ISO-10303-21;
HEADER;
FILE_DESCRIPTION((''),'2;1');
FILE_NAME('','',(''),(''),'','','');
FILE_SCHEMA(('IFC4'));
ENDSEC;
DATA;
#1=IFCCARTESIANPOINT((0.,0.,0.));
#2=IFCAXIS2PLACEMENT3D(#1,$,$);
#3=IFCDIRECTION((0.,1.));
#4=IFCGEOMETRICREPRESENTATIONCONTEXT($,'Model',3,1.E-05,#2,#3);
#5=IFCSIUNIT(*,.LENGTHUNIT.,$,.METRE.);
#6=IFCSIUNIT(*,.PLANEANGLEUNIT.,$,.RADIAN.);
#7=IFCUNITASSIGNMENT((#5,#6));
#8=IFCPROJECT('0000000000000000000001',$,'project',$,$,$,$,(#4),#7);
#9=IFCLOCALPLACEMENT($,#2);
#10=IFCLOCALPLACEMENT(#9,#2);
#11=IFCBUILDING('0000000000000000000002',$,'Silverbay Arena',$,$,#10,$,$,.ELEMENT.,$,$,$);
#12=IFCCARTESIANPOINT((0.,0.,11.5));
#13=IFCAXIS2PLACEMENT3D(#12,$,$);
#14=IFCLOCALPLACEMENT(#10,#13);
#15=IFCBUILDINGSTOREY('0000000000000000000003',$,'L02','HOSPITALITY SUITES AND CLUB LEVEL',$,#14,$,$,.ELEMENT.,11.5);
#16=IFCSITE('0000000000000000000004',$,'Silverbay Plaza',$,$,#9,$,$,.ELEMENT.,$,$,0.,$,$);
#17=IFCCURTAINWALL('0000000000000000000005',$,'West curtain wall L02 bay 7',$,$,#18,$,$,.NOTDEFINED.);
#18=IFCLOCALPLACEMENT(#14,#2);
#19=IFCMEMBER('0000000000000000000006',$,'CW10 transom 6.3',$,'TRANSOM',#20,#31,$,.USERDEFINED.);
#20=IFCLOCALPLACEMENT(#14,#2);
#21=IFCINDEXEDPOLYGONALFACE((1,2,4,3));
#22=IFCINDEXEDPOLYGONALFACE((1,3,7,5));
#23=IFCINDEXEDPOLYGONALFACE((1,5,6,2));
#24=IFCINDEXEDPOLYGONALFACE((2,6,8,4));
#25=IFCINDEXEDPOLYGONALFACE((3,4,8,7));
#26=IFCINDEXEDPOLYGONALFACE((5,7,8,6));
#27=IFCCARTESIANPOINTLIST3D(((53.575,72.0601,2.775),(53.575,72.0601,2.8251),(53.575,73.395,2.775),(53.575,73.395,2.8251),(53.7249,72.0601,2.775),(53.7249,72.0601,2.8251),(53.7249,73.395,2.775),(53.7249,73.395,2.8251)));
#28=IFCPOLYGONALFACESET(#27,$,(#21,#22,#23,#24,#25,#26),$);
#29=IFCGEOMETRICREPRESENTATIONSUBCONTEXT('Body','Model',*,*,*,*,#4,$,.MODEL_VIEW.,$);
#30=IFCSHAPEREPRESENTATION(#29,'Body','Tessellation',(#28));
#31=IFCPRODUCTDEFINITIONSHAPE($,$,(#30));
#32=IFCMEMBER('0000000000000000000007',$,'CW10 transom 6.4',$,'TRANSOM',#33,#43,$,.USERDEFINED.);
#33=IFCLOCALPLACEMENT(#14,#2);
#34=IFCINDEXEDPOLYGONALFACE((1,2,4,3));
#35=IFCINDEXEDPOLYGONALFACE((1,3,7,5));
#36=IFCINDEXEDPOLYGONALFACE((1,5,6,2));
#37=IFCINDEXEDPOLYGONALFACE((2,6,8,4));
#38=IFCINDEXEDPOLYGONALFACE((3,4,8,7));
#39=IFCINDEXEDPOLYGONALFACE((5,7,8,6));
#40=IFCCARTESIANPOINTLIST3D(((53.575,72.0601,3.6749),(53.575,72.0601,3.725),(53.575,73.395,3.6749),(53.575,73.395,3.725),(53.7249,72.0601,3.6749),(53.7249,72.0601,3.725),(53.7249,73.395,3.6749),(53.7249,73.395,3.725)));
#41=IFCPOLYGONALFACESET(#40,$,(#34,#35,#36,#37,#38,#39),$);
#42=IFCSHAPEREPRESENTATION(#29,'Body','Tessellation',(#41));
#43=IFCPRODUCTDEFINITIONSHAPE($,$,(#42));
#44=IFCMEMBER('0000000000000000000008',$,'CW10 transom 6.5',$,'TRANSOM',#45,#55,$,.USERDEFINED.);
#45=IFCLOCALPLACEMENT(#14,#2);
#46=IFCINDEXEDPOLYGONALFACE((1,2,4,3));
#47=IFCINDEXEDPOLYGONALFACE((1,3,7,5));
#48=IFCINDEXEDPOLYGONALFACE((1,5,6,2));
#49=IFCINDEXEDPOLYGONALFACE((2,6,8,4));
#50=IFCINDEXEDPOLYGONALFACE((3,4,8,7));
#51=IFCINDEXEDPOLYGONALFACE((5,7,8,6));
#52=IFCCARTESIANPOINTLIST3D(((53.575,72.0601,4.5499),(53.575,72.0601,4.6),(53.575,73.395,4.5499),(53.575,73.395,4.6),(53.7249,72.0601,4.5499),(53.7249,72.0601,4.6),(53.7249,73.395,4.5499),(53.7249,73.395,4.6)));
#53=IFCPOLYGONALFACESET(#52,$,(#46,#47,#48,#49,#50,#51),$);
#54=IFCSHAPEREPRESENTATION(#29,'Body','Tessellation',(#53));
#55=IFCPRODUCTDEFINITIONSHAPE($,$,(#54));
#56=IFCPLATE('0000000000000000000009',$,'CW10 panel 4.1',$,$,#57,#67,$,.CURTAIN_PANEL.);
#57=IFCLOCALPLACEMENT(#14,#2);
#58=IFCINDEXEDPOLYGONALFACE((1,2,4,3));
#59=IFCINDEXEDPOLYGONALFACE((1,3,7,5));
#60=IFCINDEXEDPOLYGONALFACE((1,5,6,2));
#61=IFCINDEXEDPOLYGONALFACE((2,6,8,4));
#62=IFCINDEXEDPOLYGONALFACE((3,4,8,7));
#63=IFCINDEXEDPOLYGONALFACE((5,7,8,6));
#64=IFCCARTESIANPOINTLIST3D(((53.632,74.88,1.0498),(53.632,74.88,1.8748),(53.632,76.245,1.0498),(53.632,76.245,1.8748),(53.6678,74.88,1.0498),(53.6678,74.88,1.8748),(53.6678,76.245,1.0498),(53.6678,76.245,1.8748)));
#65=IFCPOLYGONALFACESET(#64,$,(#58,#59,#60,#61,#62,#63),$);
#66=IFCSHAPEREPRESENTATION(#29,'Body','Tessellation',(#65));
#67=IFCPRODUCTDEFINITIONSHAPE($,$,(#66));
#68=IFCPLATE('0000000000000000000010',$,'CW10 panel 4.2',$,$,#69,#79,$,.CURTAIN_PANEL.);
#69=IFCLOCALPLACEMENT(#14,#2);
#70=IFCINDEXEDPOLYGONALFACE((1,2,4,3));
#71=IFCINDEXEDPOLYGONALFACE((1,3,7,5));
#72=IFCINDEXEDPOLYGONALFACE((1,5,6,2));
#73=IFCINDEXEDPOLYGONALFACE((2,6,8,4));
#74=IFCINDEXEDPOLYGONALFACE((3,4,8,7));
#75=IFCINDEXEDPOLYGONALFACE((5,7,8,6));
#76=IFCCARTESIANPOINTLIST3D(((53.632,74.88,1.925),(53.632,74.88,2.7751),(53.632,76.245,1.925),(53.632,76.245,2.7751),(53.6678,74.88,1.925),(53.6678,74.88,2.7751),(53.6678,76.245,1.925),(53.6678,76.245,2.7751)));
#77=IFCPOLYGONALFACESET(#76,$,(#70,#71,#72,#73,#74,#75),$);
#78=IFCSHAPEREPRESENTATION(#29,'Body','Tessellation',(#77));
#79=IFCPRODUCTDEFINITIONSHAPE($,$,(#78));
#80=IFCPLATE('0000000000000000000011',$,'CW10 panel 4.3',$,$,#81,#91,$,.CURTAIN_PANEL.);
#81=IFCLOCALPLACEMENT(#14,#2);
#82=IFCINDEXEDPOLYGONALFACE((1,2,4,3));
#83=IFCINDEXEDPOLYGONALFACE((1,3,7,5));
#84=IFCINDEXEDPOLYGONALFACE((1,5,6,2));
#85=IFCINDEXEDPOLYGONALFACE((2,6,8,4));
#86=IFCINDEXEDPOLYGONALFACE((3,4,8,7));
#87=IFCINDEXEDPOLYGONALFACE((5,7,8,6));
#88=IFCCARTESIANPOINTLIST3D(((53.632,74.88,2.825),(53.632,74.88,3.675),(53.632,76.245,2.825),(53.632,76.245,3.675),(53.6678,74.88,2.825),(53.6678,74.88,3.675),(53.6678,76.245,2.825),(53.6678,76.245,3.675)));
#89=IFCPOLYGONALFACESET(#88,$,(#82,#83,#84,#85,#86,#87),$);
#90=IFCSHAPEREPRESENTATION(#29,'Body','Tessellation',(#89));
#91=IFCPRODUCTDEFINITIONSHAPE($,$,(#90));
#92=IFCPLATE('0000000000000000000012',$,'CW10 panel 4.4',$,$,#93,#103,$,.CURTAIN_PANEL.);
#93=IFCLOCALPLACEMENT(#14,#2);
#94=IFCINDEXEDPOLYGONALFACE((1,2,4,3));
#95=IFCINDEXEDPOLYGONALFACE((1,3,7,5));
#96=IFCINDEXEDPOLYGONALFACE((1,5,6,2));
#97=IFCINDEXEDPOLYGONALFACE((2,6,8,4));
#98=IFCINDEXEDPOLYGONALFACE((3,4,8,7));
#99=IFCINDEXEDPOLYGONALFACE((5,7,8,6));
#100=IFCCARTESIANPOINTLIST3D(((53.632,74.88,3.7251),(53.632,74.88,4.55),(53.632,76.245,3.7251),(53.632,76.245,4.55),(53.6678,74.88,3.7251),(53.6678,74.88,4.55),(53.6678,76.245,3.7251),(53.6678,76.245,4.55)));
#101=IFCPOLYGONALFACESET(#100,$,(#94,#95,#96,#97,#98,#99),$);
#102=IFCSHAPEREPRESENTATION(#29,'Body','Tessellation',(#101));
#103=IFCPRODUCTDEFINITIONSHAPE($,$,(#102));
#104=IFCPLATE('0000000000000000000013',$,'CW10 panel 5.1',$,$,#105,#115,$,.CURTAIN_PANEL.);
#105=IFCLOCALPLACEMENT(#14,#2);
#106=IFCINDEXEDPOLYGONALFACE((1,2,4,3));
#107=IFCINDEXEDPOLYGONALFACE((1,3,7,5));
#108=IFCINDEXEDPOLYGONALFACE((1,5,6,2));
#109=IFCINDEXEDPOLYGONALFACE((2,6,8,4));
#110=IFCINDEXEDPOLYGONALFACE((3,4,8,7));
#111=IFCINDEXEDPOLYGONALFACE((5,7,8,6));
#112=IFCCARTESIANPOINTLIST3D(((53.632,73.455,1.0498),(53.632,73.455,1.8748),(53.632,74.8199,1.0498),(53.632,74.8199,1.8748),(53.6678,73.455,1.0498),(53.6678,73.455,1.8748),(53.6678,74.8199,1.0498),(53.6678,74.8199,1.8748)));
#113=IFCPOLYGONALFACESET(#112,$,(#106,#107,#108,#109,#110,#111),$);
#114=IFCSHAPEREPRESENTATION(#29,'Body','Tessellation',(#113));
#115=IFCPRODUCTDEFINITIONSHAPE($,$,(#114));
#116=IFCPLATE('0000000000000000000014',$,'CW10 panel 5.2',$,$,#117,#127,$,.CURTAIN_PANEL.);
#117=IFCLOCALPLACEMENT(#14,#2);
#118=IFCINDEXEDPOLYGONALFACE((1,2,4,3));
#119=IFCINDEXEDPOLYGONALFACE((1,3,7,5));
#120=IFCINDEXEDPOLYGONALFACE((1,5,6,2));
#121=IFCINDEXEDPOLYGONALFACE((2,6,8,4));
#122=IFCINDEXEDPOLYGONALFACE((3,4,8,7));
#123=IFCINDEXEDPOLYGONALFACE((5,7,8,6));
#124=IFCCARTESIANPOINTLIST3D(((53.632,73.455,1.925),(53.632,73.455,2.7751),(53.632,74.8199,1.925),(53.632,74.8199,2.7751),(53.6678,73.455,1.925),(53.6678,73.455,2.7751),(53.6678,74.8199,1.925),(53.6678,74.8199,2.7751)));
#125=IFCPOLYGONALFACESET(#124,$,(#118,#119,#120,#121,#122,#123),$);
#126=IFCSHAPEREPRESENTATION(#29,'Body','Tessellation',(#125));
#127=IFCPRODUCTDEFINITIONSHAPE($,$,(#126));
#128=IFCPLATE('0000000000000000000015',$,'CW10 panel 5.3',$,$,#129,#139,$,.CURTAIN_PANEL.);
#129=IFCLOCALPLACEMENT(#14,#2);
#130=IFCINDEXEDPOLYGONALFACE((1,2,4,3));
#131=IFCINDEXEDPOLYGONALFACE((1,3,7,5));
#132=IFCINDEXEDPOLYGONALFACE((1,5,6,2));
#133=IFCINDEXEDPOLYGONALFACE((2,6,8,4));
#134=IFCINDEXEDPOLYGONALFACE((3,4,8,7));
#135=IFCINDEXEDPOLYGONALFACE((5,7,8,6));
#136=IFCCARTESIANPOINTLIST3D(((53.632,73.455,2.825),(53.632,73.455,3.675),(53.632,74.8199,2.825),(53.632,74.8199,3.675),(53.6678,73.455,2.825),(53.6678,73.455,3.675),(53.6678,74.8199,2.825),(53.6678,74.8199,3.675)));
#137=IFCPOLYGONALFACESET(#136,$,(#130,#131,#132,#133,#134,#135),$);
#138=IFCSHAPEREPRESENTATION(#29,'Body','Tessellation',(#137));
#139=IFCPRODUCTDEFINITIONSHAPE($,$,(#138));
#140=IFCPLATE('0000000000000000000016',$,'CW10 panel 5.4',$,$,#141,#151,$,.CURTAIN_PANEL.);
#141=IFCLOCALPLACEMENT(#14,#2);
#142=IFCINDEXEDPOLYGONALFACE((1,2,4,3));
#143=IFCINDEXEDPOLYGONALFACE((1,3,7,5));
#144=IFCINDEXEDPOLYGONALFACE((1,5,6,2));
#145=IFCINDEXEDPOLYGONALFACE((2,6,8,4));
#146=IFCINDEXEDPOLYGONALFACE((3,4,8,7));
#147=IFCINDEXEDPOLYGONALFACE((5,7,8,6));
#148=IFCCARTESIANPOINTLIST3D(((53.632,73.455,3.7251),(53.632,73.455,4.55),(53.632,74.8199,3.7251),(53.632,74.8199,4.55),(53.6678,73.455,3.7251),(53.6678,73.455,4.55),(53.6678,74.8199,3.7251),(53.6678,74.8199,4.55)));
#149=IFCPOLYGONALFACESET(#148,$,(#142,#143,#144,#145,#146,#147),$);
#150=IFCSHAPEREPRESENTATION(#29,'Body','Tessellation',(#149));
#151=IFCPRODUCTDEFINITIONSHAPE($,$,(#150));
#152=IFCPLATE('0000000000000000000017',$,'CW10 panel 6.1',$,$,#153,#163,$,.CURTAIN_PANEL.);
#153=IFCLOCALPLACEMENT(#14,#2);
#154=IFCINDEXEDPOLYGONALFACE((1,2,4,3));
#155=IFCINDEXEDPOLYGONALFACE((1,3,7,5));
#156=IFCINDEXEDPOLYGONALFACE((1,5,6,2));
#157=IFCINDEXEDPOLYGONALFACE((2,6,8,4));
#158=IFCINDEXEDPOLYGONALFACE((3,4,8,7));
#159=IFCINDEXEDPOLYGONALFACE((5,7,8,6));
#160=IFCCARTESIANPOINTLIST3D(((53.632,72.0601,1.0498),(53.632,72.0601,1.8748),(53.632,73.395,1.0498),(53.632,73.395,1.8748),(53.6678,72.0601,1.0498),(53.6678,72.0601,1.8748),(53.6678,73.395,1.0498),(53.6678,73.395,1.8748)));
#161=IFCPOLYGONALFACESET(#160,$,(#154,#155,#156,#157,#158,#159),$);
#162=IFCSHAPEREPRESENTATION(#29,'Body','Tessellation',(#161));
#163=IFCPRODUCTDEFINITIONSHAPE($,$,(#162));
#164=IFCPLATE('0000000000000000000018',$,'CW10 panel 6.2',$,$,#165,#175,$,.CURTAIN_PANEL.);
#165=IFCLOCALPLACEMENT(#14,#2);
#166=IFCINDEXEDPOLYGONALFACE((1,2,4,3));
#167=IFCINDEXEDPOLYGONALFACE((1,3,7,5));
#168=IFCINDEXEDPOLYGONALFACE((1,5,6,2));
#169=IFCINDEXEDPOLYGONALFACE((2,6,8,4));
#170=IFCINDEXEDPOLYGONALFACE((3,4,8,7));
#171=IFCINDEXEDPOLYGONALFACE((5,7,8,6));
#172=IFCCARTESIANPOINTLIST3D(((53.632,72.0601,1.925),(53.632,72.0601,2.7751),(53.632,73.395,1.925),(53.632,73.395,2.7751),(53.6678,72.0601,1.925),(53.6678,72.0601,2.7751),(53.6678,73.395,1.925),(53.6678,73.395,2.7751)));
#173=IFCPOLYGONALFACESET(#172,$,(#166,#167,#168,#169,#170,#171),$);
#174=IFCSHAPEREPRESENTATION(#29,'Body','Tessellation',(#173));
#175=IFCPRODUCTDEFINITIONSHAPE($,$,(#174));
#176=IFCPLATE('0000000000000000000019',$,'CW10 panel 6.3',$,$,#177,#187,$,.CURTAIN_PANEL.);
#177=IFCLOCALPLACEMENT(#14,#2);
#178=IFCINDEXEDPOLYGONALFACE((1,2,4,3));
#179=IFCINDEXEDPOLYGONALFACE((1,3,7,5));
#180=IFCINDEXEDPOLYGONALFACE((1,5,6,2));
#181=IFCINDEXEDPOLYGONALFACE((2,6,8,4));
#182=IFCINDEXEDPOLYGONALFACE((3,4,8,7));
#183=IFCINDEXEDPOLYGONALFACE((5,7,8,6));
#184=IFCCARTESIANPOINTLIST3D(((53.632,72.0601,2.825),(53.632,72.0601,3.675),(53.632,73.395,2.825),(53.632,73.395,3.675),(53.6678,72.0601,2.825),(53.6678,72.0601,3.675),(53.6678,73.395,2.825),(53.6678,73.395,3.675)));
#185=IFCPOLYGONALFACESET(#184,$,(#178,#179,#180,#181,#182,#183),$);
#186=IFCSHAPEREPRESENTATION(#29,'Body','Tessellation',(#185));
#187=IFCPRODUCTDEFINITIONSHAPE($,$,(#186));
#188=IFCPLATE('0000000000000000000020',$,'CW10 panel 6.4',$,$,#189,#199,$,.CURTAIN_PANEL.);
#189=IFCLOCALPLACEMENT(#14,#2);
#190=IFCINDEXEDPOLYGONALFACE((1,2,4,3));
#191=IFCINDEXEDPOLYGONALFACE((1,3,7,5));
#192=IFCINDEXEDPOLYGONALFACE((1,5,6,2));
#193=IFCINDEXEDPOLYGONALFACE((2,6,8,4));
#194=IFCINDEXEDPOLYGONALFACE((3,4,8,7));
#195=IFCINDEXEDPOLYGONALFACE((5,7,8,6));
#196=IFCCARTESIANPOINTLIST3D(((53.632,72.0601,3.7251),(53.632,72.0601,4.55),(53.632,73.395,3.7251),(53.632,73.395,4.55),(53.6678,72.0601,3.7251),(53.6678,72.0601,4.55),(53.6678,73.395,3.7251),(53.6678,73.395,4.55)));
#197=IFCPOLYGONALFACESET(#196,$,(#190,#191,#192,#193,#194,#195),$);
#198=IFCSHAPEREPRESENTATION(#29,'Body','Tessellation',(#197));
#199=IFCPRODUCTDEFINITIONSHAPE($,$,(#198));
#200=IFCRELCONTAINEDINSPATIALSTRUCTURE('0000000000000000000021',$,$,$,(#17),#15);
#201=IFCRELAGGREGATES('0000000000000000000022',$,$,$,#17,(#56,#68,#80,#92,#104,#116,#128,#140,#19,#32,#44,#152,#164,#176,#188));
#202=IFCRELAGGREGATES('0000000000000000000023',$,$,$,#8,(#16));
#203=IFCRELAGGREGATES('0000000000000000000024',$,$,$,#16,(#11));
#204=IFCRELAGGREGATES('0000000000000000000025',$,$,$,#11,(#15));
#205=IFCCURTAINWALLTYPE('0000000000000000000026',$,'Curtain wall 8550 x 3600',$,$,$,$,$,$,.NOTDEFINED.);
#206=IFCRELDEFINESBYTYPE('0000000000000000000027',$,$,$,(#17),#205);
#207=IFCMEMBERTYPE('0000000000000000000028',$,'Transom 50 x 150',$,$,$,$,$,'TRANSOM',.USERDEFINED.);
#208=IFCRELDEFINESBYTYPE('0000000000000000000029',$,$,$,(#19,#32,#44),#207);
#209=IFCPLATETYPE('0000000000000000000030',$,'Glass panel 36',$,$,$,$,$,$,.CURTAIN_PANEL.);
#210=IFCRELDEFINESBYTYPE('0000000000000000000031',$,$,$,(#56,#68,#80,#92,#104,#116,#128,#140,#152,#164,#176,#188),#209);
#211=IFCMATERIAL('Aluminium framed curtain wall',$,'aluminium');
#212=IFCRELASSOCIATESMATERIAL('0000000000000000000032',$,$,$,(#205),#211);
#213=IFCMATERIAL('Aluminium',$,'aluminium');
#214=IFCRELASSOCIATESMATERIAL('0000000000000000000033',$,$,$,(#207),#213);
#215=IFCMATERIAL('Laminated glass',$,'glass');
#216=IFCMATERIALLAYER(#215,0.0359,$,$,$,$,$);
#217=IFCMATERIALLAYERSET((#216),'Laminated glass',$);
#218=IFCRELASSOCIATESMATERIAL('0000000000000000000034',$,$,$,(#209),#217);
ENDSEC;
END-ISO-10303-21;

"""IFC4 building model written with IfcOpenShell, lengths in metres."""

from ifc_helpers import new_model, si_unit, direction, frame, origin, origin_2d, place, context, subcontext, project, spatial, rectangle, extrude, material, layer, layer_set, material_profile, profile_set, type_object, element, aggregate, save


model = new_model("IFC4")

# Units and contexts
model_context = context("Model", 3, precision=1e-05, world=origin(), true_north=direction((0.0, 1.0)))
body_context = subcontext(model_context, "Body", "Model", "MODEL_VIEW")
ifc_project = project(units=[si_unit("LENGTHUNIT", "METRE"), si_unit("PLANEANGLEUNIT", "RADIAN")], contexts=[model_context])

# Site, building, storey
site_placement = place(None, origin())
site = spatial("IfcSite", under=ifc_project, at=site_placement, Name="Silverbay Plaza", CompositionType="ELEMENT", RefElevation=0.0)
building_placement = place(site_placement, origin())
building = spatial("IfcBuilding", under=site, at=building_placement, Name="Silverbay Arena", CompositionType="ELEMENT")
storey_placement = place(building_placement, frame((0.0, 0.0, 11.5)))
storey = spatial("IfcBuildingStorey", under=building, at=storey_placement, Name="L02", Description="HOSPITALITY SUITES AND CLUB LEVEL", CompositionType="ELEMENT", Elevation=11.5)

# Curtain wall
ifc_material_1 = material(Name="Aluminium framed curtain wall", Category="aluminium")
curtain_wall_type = type_object("IfcCurtainWallType", Name="Curtain wall 8550 x 3600", PredefinedType="NOTDEFINED", material=ifc_material_1)
curtain_wall_placement = place(storey_placement, origin())
curtain_wall = element("IfcCurtainWall", 1, at=curtain_wall_placement, inside=storey, type_object=curtain_wall_type, Name="West curtain wall L02 bay 7", PredefinedType="NOTDEFINED")

# Members
ifc_material_2 = material(Name="Aluminium", Category="aluminium")
ifc_material_profile_1 = material_profile(ifc_material_2, rectangle(XDim=0.1499, YDim=0.05, at=origin_2d()), Name="Transom 50 x 150")
ifc_profile_set_1 = profile_set([ifc_material_profile_1], Name="Aluminium")
member_type_1 = type_object("IfcMemberType", Name="Transom 50 x 150", ElementType="TRANSOM", PredefinedType="USERDEFINED", material=ifc_profile_set_1)
member_1_placement = place(storey_placement, frame((53.6499, 73.395, 2.8), z_axis=(0.0, -1.0, 0.0), x_axis=(1.0, 0.0, 0.0)))
member_1 = element("IfcMember", 2, at=member_1_placement, type_object=member_type_1, Name="CW10 transom 6.3", ObjectType="TRANSOM", PredefinedType="USERDEFINED", context=body_context, shape_type="SweptSolid", body=[
    extrude(rectangle(XDim=0.1499, YDim=0.05, at=origin_2d()), origin(), (0.0, 0.0, 1.0), 1.335),
])
member_2_placement = place(storey_placement, frame((53.6499, 73.395, 3.7), z_axis=(0.0, -1.0, 0.0), x_axis=(1.0, 0.0, 0.0)))
member_2 = element("IfcMember", 3, at=member_2_placement, type_object=member_type_1, Name="CW10 transom 6.4", ObjectType="TRANSOM", PredefinedType="USERDEFINED", context=body_context, shape_type="SweptSolid", body=[
    extrude(rectangle(XDim=0.1499, YDim=0.05, at=origin_2d()), origin(), (0.0, 0.0, 1.0), 1.335),
])
member_3_placement = place(storey_placement, frame((53.6499, 73.395, 4.575), z_axis=(0.0, -1.0, 0.0), x_axis=(1.0, 0.0, 0.0)))
member_3 = element("IfcMember", 4, at=member_3_placement, type_object=member_type_1, Name="CW10 transom 6.5", ObjectType="TRANSOM", PredefinedType="USERDEFINED", context=body_context, shape_type="SweptSolid", body=[
    extrude(rectangle(XDim=0.1499, YDim=0.05, at=origin_2d()), origin(), (0.0, 0.0, 1.0), 1.335),
])

# Plates
ifc_material_3 = material(Name="Laminated glass", Category="glass")
ifc_layer = layer(ifc_material_3, 0.0359)
ifc_layer_set = layer_set([ifc_layer], Name="Laminated glass")
plate_type = type_object("IfcPlateType", Name="Glass panel 36", PredefinedType="CURTAIN_PANEL", material=ifc_layer_set)
plate_1_placement = place(storey_placement, frame((53.6499, 75.5625, 1.0498), z_axis=(0.0, 0.0, 1.0), x_axis=(0.0, -1.0, 0.0)))
plate_1 = element("IfcPlate", 5, at=plate_1_placement, type_object=plate_type, Name="CW10 panel 4.1", PredefinedType="CURTAIN_PANEL", context=body_context, shape_type="SweptSolid", body=[
    extrude(rectangle(XDim=1.365, YDim=0.0359, at=origin_2d()), origin(), (0.0, 0.0, 1.0), 0.825),
])
plate_2_placement = place(storey_placement, frame((53.6499, 75.5625, 1.925), z_axis=(0.0, 0.0, 1.0), x_axis=(0.0, -1.0, 0.0)))
plate_2 = element("IfcPlate", 6, at=plate_2_placement, type_object=plate_type, Name="CW10 panel 4.2", PredefinedType="CURTAIN_PANEL", context=body_context, shape_type="SweptSolid", body=[
    extrude(rectangle(XDim=1.365, YDim=0.0359, at=origin_2d()), origin(), (0.0, 0.0, 1.0), 0.8501),
])
plate_3_placement = place(storey_placement, frame((53.6499, 75.5625, 2.825), z_axis=(0.0, 0.0, 1.0), x_axis=(0.0, -1.0, 0.0)))
plate_3 = element("IfcPlate", 7, at=plate_3_placement, type_object=plate_type, Name="CW10 panel 4.3", PredefinedType="CURTAIN_PANEL", context=body_context, shape_type="SweptSolid", body=[
    extrude(rectangle(XDim=1.365, YDim=0.0359, at=origin_2d()), origin(), (0.0, 0.0, 1.0), 0.8501),
])
plate_4_placement = place(storey_placement, frame((53.6499, 75.5625, 3.7251), z_axis=(0.0, 0.0, 1.0), x_axis=(0.0, -1.0, 0.0)))
plate_4 = element("IfcPlate", 8, at=plate_4_placement, type_object=plate_type, Name="CW10 panel 4.4", PredefinedType="CURTAIN_PANEL", context=body_context, shape_type="SweptSolid", body=[
    extrude(rectangle(XDim=1.365, YDim=0.0359, at=origin_2d()), origin(), (0.0, 0.0, 1.0), 0.825),
])
plate_5_placement = place(storey_placement, frame((53.6499, 74.1375, 1.0498), z_axis=(0.0, 0.0, 1.0), x_axis=(0.0, -1.0, 0.0)))
plate_5 = element("IfcPlate", 9, at=plate_5_placement, type_object=plate_type, Name="CW10 panel 5.1", PredefinedType="CURTAIN_PANEL", context=body_context, shape_type="SweptSolid", body=[
    extrude(rectangle(XDim=1.365, YDim=0.0359, at=origin_2d()), origin(), (0.0, 0.0, 1.0), 0.825),
])
plate_6_placement = place(storey_placement, frame((53.6499, 74.1375, 1.925), z_axis=(0.0, 0.0, 1.0), x_axis=(0.0, -1.0, 0.0)))
plate_6 = element("IfcPlate", 10, at=plate_6_placement, type_object=plate_type, Name="CW10 panel 5.2", PredefinedType="CURTAIN_PANEL", context=body_context, shape_type="SweptSolid", body=[
    extrude(rectangle(XDim=1.365, YDim=0.0359, at=origin_2d()), origin(), (0.0, 0.0, 1.0), 0.8501),
])
plate_7_placement = place(storey_placement, frame((53.6499, 74.1375, 2.825), z_axis=(0.0, 0.0, 1.0), x_axis=(0.0, -1.0, 0.0)))
plate_7 = element("IfcPlate", 11, at=plate_7_placement, type_object=plate_type, Name="CW10 panel 5.3", PredefinedType="CURTAIN_PANEL", context=body_context, shape_type="SweptSolid", body=[
    extrude(rectangle(XDim=1.365, YDim=0.0359, at=origin_2d()), origin(), (0.0, 0.0, 1.0), 0.8501),
])
plate_8_placement = place(storey_placement, frame((53.6499, 74.1375, 3.7251), z_axis=(0.0, 0.0, 1.0), x_axis=(0.0, -1.0, 0.0)))
plate_8 = element("IfcPlate", 12, at=plate_8_placement, type_object=plate_type, Name="CW10 panel 5.4", PredefinedType="CURTAIN_PANEL", context=body_context, shape_type="SweptSolid", body=[
    extrude(rectangle(XDim=1.365, YDim=0.0359, at=origin_2d()), origin(), (0.0, 0.0, 1.0), 0.825),
])
plate_9_placement = place(storey_placement, frame((53.6499, 72.7275, 1.0498), z_axis=(0.0, 0.0, 1.0), x_axis=(0.0, -1.0, 0.0)))
plate_9 = element("IfcPlate", 13, at=plate_9_placement, type_object=plate_type, Name="CW10 panel 6.1", PredefinedType="CURTAIN_PANEL", context=body_context, shape_type="SweptSolid", body=[
    extrude(rectangle(XDim=1.335, YDim=0.0359, at=origin_2d()), origin(), (0.0, 0.0, 1.0), 0.825),
])
plate_10_placement = place(storey_placement, frame((53.6499, 72.7275, 1.925), z_axis=(0.0, 0.0, 1.0), x_axis=(0.0, -1.0, 0.0)))
plate_10 = element("IfcPlate", 14, at=plate_10_placement, type_object=plate_type, Name="CW10 panel 6.2", PredefinedType="CURTAIN_PANEL", context=body_context, shape_type="SweptSolid", body=[
    extrude(rectangle(XDim=1.335, YDim=0.0359, at=origin_2d()), origin(), (0.0, 0.0, 1.0), 0.8501),
])
plate_11_placement = place(storey_placement, frame((53.6499, 72.7275, 2.825), z_axis=(0.0, 0.0, 1.0), x_axis=(0.0, -1.0, 0.0)))
plate_11 = element("IfcPlate", 15, at=plate_11_placement, type_object=plate_type, Name="CW10 panel 6.3", PredefinedType="CURTAIN_PANEL", context=body_context, shape_type="SweptSolid", body=[
    extrude(rectangle(XDim=1.335, YDim=0.0359, at=origin_2d()), origin(), (0.0, 0.0, 1.0), 0.8501),
])
plate_12_placement = place(storey_placement, frame((53.6499, 72.7275, 3.7251), z_axis=(0.0, 0.0, 1.0), x_axis=(0.0, -1.0, 0.0)))
plate_12 = element("IfcPlate", 16, at=plate_12_placement, type_object=plate_type, Name="CW10 panel 6.4", PredefinedType="CURTAIN_PANEL", context=body_context, shape_type="SweptSolid", body=[
    extrude(rectangle(XDim=1.335, YDim=0.0359, at=origin_2d()), origin(), (0.0, 0.0, 1.0), 0.825),
])
aggregate(curtain_wall, [plate_1, plate_2, plate_3, plate_4, plate_5, plate_6, plate_7, plate_8, member_1, member_2, member_3, plate_9, plate_10, plate_11, plate_12])

save(model, "model.ifc")
